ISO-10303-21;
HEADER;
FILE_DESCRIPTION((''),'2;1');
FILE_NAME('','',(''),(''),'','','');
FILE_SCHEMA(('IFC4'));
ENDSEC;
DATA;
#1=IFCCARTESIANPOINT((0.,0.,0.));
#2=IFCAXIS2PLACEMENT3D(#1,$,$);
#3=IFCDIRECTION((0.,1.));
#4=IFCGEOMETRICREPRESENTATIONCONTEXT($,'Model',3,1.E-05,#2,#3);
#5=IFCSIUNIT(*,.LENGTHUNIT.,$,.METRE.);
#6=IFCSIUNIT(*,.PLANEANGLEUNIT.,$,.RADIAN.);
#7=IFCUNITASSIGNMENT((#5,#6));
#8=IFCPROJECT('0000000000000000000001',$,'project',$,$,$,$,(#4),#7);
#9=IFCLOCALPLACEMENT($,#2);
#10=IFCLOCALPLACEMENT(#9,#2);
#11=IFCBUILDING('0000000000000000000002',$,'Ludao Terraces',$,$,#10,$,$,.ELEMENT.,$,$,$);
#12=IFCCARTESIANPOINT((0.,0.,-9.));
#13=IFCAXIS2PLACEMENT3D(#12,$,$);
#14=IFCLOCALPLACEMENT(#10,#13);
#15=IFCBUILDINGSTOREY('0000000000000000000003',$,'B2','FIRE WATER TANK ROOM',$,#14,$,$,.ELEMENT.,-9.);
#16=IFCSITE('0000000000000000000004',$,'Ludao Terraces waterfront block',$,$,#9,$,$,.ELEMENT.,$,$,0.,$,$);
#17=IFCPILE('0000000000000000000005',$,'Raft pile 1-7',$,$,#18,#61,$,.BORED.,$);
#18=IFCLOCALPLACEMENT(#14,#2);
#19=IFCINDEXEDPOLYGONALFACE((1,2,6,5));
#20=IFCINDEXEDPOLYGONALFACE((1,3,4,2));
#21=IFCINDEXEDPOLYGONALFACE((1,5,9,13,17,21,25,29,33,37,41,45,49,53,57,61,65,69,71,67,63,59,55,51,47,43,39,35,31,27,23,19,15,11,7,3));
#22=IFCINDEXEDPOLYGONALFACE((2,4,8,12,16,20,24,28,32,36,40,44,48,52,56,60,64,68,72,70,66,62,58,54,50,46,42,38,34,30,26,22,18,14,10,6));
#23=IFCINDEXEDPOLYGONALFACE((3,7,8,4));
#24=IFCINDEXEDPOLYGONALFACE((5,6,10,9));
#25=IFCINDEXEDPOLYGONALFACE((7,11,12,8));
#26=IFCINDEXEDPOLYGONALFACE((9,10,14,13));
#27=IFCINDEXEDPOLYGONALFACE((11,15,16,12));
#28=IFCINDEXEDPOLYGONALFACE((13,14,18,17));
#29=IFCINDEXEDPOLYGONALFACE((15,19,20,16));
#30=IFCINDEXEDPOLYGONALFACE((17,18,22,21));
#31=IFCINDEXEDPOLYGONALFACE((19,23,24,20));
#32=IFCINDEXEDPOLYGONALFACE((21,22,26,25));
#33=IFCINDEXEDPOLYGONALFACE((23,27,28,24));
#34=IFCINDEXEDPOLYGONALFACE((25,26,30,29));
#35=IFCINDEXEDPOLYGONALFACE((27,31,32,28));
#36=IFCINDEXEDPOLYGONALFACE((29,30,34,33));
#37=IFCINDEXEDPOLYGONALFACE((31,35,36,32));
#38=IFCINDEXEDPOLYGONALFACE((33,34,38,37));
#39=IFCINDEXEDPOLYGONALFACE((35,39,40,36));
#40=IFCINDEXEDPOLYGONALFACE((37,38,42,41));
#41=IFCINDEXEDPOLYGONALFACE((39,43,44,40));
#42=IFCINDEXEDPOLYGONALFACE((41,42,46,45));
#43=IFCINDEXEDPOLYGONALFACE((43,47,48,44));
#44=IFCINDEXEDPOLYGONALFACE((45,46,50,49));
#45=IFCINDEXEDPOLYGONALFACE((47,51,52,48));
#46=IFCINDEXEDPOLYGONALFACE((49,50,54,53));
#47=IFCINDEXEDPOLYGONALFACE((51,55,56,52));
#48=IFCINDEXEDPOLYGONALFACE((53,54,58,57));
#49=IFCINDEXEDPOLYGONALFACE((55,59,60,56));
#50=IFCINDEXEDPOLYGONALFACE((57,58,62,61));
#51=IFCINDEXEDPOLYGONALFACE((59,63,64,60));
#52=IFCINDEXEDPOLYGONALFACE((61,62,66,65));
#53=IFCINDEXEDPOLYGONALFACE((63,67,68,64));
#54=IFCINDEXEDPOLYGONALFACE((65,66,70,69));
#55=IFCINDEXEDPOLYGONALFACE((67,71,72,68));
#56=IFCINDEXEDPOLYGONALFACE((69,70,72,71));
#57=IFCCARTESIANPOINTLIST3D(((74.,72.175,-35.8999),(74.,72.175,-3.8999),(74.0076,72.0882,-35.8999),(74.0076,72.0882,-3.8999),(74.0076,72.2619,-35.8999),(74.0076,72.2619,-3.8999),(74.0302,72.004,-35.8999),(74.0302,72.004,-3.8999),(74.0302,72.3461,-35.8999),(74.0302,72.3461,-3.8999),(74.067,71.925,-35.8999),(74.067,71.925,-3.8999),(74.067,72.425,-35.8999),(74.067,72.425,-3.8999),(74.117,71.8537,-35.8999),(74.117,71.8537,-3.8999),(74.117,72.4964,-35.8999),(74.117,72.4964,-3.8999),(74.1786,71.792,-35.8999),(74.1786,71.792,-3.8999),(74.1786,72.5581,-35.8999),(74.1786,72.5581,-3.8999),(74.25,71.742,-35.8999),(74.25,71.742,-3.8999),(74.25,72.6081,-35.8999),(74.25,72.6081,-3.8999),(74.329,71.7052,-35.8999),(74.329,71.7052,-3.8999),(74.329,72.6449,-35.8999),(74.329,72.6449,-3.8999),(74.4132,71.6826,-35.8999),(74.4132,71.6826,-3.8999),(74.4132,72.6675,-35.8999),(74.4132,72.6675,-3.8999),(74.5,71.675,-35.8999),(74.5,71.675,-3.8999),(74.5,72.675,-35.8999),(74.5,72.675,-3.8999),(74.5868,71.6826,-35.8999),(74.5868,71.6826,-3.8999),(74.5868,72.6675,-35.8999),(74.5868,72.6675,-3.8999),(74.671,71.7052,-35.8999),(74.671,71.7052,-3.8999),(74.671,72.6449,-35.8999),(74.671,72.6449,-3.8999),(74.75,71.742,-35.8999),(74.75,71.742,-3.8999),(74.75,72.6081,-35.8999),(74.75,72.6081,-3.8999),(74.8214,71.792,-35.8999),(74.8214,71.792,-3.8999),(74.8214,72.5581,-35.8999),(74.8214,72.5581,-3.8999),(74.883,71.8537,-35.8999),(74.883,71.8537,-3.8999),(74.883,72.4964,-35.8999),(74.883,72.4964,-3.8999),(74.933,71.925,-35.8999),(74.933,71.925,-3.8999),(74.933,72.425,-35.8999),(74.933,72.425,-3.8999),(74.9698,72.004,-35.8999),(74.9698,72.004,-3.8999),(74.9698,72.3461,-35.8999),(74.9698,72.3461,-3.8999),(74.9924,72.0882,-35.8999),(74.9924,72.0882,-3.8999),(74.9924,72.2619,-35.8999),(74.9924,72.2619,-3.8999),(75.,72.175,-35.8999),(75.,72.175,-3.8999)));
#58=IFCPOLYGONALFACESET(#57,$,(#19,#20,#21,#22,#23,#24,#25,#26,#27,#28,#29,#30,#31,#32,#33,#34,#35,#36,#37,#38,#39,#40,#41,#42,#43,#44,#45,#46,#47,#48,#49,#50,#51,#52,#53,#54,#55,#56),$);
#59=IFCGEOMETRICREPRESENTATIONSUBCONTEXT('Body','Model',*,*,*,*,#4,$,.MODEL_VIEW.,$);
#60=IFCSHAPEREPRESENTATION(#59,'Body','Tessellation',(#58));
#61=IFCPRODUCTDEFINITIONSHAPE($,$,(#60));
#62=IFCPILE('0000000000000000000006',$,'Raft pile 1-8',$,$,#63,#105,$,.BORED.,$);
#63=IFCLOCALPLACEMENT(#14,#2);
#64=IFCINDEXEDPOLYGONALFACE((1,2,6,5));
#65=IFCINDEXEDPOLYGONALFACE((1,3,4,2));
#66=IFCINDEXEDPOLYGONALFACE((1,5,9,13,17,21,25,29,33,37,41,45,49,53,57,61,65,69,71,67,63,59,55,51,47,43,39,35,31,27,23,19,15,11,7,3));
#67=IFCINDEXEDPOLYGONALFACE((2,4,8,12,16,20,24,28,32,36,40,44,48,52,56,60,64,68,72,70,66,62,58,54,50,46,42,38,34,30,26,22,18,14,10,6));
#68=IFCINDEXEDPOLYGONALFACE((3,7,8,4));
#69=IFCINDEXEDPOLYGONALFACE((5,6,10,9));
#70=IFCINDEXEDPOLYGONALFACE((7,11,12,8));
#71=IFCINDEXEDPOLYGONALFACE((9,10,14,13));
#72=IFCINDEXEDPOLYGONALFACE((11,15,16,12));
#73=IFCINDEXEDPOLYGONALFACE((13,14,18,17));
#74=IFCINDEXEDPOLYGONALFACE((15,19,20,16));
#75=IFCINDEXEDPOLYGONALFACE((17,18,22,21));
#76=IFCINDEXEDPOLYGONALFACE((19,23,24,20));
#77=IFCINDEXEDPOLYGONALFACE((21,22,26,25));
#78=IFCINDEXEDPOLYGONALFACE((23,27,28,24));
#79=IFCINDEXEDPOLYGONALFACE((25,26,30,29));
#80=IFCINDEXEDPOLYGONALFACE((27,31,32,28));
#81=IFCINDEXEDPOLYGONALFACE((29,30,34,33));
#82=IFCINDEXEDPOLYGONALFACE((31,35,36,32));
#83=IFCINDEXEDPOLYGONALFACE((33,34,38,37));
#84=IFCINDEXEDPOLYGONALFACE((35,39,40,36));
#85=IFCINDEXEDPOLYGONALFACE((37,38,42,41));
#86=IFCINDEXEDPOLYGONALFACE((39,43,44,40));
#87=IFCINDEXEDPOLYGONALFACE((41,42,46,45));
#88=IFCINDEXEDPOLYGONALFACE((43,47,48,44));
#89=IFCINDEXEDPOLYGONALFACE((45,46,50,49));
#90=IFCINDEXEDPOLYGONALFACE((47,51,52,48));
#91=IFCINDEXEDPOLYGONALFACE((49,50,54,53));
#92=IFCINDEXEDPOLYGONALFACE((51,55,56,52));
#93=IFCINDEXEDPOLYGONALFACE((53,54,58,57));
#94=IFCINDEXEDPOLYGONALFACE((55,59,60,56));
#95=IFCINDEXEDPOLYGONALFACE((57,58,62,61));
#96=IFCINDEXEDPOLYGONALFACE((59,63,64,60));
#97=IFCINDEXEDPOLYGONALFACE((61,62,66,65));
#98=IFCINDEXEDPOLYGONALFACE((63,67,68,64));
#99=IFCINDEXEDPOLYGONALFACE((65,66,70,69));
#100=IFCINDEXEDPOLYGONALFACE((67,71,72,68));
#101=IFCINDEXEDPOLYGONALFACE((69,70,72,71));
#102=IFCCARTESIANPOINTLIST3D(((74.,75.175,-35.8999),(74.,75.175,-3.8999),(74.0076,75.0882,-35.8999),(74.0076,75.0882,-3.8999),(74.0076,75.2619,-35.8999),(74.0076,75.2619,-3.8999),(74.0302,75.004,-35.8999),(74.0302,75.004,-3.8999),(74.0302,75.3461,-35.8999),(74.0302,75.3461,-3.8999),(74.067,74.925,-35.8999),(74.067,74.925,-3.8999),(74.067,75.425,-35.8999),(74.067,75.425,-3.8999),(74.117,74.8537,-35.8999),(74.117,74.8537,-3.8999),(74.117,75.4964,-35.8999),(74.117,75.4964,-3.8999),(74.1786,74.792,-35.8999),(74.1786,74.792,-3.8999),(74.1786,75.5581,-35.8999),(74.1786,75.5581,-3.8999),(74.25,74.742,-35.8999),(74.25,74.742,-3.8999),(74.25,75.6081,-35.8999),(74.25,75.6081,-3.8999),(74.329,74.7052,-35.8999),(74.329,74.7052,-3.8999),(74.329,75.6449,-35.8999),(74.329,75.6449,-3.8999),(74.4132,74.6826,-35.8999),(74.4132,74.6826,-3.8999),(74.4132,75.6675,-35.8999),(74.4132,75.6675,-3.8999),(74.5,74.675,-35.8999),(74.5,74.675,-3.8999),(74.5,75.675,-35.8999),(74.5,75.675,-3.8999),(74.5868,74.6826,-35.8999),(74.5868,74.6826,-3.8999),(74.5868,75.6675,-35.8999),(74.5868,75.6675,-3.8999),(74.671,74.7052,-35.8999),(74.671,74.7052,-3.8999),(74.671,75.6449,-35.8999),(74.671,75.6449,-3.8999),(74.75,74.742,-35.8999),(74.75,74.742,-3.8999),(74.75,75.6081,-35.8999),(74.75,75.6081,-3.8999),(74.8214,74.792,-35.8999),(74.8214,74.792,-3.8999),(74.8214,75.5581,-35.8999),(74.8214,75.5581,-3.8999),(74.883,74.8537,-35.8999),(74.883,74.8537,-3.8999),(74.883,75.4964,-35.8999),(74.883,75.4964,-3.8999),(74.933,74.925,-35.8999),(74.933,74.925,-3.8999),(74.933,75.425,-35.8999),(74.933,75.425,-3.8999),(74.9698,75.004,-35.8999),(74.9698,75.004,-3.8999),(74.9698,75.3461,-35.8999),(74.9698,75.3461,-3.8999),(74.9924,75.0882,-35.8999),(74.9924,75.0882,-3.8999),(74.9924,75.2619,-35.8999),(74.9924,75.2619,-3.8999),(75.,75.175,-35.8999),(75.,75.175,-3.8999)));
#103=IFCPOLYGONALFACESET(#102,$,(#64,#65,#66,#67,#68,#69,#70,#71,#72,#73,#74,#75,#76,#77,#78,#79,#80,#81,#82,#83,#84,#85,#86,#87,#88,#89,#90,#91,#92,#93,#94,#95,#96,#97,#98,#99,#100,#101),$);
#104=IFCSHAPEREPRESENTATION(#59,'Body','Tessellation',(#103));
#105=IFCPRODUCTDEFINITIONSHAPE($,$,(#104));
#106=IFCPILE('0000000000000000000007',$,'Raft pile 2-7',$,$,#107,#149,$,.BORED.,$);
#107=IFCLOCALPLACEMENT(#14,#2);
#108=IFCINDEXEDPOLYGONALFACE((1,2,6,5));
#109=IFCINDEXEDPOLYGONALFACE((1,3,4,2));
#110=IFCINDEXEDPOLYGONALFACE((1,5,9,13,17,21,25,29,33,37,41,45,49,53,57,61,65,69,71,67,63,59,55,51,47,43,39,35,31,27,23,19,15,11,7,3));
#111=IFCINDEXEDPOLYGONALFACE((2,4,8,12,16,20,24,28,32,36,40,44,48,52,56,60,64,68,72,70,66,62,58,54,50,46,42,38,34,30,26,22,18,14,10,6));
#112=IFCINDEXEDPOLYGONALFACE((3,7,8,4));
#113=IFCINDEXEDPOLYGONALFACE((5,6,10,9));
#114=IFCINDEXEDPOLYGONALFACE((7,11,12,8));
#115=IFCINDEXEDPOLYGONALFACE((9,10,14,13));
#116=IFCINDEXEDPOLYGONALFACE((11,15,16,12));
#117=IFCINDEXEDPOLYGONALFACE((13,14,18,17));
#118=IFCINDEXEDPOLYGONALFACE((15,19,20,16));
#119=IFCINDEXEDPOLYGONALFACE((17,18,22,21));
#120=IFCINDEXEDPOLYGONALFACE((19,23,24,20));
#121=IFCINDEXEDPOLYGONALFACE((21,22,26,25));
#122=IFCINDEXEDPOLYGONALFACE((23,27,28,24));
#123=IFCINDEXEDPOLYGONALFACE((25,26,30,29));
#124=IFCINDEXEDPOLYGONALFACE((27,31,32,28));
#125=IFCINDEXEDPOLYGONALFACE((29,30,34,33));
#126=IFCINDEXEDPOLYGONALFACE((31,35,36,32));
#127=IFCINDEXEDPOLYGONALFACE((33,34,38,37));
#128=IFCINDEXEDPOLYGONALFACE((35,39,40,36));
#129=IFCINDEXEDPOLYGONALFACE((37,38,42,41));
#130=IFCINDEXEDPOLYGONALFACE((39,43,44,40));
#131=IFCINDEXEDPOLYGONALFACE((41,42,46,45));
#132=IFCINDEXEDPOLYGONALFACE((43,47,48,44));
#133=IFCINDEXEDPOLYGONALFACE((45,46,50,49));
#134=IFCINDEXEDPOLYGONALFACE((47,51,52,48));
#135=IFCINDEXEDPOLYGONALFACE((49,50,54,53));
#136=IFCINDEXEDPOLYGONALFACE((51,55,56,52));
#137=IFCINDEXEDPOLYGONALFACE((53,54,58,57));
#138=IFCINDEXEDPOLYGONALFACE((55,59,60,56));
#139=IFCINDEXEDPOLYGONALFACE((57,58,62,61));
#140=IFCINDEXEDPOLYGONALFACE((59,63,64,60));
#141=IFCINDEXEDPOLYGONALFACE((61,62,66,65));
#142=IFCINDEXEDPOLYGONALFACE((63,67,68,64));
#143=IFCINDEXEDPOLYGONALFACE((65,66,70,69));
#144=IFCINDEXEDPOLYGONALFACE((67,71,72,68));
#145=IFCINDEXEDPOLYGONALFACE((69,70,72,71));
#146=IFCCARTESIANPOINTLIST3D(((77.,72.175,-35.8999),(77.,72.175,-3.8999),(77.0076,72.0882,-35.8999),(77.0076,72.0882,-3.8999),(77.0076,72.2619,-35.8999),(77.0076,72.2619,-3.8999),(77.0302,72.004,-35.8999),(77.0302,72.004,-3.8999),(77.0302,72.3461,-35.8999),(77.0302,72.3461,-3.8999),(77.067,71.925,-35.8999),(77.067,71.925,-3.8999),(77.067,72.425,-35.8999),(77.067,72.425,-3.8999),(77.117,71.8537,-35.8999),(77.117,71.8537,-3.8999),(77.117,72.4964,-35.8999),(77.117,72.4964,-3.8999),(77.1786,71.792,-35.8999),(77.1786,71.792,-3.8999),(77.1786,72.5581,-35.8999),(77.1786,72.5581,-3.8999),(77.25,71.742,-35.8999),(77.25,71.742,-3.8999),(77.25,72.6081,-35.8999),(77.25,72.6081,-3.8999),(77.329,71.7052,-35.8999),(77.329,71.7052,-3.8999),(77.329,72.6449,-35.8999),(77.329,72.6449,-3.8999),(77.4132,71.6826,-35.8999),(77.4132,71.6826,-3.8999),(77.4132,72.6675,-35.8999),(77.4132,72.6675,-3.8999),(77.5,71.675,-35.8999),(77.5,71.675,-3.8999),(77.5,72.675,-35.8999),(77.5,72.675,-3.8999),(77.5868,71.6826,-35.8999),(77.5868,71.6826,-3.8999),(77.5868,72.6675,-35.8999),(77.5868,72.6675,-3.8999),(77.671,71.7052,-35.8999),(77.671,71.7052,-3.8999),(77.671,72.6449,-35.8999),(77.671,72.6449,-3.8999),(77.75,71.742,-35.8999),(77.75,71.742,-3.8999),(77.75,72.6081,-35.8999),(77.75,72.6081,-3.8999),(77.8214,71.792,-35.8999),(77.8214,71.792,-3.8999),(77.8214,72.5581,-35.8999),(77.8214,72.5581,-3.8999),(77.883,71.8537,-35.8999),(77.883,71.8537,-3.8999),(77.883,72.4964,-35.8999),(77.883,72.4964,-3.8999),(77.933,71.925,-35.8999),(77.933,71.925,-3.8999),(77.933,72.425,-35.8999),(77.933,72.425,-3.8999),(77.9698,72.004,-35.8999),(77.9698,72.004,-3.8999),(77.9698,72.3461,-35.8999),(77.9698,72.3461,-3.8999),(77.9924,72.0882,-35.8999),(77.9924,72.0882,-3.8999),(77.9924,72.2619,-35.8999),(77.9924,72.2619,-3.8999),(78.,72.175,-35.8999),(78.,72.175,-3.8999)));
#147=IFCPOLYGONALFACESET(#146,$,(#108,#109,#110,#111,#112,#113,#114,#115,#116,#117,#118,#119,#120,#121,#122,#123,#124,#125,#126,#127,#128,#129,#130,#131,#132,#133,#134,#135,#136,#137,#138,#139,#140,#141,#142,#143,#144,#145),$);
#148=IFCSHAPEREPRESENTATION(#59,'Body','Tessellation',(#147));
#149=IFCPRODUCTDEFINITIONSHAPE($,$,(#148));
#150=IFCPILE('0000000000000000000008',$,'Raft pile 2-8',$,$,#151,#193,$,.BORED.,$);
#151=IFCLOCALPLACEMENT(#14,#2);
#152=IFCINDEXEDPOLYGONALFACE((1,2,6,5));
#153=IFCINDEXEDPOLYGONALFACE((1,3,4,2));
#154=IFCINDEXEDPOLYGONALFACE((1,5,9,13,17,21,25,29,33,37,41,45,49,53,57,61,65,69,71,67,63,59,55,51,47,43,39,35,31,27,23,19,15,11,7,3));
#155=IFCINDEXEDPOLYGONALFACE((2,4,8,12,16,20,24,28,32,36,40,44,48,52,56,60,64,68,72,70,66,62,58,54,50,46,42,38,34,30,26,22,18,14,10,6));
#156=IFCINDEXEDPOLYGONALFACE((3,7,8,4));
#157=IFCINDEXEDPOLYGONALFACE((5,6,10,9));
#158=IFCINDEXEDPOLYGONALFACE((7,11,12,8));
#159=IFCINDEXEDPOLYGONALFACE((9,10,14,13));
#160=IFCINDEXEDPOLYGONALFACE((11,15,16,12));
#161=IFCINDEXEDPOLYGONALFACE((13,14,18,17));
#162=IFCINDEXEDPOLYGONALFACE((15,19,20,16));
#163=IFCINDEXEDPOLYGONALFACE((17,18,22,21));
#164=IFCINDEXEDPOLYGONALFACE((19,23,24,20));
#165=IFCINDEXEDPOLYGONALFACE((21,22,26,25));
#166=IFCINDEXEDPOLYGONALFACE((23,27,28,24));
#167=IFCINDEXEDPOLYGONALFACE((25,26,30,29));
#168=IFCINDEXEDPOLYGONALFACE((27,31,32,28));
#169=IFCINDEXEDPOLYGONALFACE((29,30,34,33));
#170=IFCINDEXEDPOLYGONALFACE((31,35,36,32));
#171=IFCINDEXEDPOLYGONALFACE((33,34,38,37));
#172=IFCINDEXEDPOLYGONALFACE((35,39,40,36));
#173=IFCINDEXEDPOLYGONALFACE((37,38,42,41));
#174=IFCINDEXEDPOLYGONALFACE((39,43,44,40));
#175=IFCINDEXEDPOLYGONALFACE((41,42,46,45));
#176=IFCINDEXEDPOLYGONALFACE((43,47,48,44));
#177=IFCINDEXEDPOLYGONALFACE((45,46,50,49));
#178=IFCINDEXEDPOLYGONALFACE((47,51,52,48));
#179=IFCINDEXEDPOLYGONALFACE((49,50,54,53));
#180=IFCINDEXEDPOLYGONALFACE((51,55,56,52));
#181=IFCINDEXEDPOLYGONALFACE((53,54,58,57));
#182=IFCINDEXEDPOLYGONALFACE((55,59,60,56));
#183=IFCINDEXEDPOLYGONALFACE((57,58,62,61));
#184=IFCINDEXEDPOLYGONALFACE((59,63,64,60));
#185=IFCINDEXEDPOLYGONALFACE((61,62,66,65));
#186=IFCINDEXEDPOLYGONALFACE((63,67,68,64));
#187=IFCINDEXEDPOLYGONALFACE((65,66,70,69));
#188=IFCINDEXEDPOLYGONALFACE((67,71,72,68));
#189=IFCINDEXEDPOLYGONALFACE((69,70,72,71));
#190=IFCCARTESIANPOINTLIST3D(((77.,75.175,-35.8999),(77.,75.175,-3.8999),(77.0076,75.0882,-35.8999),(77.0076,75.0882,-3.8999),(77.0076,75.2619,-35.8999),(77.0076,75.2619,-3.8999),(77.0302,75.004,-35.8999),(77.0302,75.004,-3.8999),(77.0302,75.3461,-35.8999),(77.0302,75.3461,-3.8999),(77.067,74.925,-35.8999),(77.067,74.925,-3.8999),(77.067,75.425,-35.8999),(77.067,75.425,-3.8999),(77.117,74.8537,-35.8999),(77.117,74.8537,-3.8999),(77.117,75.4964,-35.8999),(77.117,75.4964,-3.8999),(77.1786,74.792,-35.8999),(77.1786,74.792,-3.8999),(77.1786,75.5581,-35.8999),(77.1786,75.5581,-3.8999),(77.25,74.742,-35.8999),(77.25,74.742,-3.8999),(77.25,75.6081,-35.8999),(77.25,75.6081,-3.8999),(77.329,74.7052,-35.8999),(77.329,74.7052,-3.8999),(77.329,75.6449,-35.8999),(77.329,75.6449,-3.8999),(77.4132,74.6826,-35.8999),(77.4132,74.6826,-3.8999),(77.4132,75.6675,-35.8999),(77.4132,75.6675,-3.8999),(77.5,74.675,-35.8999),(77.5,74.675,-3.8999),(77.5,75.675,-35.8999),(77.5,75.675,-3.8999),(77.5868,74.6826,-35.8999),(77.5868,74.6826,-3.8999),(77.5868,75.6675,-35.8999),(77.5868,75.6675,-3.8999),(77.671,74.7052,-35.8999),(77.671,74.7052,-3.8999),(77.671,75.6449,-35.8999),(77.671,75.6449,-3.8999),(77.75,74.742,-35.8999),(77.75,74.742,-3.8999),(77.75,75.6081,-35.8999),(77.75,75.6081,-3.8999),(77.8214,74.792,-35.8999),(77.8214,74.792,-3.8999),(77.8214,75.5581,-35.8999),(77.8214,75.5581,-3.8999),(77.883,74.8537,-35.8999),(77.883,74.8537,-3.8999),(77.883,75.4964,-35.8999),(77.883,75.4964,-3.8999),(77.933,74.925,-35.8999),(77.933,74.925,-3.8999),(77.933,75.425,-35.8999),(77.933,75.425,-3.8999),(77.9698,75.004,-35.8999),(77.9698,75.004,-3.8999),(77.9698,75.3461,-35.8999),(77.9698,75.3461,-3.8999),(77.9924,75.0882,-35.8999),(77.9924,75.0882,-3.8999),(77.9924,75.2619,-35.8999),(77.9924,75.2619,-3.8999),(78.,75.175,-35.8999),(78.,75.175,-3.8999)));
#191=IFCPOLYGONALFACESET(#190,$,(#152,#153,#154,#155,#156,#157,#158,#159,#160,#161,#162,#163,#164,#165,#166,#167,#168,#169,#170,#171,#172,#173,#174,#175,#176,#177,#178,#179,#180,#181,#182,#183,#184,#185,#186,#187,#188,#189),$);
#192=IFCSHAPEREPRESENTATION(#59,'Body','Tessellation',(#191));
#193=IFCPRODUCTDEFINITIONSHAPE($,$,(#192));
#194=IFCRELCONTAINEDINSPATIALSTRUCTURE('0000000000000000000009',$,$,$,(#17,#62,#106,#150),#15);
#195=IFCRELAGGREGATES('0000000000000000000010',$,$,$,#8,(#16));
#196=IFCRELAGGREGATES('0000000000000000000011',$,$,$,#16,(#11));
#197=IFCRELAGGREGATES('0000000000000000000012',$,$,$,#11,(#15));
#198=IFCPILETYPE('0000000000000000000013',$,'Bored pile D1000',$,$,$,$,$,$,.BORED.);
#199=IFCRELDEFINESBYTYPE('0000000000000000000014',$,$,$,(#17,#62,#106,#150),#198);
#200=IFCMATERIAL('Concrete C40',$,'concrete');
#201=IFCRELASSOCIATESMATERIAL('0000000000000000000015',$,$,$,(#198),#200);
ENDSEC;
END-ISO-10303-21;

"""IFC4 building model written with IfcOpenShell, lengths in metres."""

from ifc_helpers import new_model, si_unit, direction, frame, origin, origin_2d, place, context, subcontext, project, spatial, circle, extrude, material, material_profile, profile_set, type_object, element, save


model = new_model("IFC4")

# Units and contexts
model_context = context("Model", 3, precision=1e-05, world=origin(), true_north=direction((0.0, 1.0)))
body_context = subcontext(model_context, "Body", "Model", "MODEL_VIEW")
ifc_project = project(units=[si_unit("LENGTHUNIT", "METRE"), si_unit("PLANEANGLEUNIT", "RADIAN")], contexts=[model_context])

# Site, building, storey
site_placement = place(None, origin())
site = spatial("IfcSite", under=ifc_project, at=site_placement, Name="Ludao Terraces waterfront block", CompositionType="ELEMENT", RefElevation=0.0)
building_placement = place(site_placement, origin())
building = spatial("IfcBuilding", under=site, at=building_placement, Name="Ludao Terraces", CompositionType="ELEMENT")
storey_placement = place(building_placement, frame((0.0, 0.0, -9.0)))
storey = spatial("IfcBuildingStorey", under=building, at=storey_placement, Name="B2", Description="FIRE WATER TANK ROOM", CompositionType="ELEMENT", Elevation=-9.0)

# Piles
ifc_material_1 = material(Name="Concrete C40", Category="concrete")
ifc_material_profile = material_profile(ifc_material_1, circle(Radius=0.5, at=origin_2d()), Name="D1000 BORED PILE")
ifc_profile_set = profile_set([ifc_material_profile], Name="Concrete C40")
pile_type = type_object("IfcPileType", Name="Bored pile D1000", PredefinedType="BORED", material=ifc_profile_set)
for number, where, z_axis, x_axis, name in (
    (1, (74.5, 72.175, -3.8999), (0.0, 0.0, -1.0), (1.0, 0.0, 0.0), "Raft pile 1-7"),
    (2, (74.5, 75.175, -3.8999), (0.0, 0.0, -1.0), (1.0, 0.0, 0.0), "Raft pile 1-8"),
    (3, (77.5, 72.175, -3.8999), (0.0, 0.0, -1.0), (1.0, 0.0, 0.0), "Raft pile 2-7"),
    (4, (77.5, 75.175, -3.8999), (0.0, 0.0, -1.0), (1.0, 0.0, 0.0), "Raft pile 2-8"),
):
    element("IfcPile", number, at=place(storey_placement, frame(where, z_axis=z_axis, x_axis=x_axis)), inside=storey, type_object=pile_type, Name=name, PredefinedType="BORED", context=body_context, shape_type="SweptSolid", body=[
        extrude(circle(Radius=0.5, at=origin_2d()), origin(), (0.0, 0.0, 1.0), 32.0),
    ])

save(model, "model.ifc")
